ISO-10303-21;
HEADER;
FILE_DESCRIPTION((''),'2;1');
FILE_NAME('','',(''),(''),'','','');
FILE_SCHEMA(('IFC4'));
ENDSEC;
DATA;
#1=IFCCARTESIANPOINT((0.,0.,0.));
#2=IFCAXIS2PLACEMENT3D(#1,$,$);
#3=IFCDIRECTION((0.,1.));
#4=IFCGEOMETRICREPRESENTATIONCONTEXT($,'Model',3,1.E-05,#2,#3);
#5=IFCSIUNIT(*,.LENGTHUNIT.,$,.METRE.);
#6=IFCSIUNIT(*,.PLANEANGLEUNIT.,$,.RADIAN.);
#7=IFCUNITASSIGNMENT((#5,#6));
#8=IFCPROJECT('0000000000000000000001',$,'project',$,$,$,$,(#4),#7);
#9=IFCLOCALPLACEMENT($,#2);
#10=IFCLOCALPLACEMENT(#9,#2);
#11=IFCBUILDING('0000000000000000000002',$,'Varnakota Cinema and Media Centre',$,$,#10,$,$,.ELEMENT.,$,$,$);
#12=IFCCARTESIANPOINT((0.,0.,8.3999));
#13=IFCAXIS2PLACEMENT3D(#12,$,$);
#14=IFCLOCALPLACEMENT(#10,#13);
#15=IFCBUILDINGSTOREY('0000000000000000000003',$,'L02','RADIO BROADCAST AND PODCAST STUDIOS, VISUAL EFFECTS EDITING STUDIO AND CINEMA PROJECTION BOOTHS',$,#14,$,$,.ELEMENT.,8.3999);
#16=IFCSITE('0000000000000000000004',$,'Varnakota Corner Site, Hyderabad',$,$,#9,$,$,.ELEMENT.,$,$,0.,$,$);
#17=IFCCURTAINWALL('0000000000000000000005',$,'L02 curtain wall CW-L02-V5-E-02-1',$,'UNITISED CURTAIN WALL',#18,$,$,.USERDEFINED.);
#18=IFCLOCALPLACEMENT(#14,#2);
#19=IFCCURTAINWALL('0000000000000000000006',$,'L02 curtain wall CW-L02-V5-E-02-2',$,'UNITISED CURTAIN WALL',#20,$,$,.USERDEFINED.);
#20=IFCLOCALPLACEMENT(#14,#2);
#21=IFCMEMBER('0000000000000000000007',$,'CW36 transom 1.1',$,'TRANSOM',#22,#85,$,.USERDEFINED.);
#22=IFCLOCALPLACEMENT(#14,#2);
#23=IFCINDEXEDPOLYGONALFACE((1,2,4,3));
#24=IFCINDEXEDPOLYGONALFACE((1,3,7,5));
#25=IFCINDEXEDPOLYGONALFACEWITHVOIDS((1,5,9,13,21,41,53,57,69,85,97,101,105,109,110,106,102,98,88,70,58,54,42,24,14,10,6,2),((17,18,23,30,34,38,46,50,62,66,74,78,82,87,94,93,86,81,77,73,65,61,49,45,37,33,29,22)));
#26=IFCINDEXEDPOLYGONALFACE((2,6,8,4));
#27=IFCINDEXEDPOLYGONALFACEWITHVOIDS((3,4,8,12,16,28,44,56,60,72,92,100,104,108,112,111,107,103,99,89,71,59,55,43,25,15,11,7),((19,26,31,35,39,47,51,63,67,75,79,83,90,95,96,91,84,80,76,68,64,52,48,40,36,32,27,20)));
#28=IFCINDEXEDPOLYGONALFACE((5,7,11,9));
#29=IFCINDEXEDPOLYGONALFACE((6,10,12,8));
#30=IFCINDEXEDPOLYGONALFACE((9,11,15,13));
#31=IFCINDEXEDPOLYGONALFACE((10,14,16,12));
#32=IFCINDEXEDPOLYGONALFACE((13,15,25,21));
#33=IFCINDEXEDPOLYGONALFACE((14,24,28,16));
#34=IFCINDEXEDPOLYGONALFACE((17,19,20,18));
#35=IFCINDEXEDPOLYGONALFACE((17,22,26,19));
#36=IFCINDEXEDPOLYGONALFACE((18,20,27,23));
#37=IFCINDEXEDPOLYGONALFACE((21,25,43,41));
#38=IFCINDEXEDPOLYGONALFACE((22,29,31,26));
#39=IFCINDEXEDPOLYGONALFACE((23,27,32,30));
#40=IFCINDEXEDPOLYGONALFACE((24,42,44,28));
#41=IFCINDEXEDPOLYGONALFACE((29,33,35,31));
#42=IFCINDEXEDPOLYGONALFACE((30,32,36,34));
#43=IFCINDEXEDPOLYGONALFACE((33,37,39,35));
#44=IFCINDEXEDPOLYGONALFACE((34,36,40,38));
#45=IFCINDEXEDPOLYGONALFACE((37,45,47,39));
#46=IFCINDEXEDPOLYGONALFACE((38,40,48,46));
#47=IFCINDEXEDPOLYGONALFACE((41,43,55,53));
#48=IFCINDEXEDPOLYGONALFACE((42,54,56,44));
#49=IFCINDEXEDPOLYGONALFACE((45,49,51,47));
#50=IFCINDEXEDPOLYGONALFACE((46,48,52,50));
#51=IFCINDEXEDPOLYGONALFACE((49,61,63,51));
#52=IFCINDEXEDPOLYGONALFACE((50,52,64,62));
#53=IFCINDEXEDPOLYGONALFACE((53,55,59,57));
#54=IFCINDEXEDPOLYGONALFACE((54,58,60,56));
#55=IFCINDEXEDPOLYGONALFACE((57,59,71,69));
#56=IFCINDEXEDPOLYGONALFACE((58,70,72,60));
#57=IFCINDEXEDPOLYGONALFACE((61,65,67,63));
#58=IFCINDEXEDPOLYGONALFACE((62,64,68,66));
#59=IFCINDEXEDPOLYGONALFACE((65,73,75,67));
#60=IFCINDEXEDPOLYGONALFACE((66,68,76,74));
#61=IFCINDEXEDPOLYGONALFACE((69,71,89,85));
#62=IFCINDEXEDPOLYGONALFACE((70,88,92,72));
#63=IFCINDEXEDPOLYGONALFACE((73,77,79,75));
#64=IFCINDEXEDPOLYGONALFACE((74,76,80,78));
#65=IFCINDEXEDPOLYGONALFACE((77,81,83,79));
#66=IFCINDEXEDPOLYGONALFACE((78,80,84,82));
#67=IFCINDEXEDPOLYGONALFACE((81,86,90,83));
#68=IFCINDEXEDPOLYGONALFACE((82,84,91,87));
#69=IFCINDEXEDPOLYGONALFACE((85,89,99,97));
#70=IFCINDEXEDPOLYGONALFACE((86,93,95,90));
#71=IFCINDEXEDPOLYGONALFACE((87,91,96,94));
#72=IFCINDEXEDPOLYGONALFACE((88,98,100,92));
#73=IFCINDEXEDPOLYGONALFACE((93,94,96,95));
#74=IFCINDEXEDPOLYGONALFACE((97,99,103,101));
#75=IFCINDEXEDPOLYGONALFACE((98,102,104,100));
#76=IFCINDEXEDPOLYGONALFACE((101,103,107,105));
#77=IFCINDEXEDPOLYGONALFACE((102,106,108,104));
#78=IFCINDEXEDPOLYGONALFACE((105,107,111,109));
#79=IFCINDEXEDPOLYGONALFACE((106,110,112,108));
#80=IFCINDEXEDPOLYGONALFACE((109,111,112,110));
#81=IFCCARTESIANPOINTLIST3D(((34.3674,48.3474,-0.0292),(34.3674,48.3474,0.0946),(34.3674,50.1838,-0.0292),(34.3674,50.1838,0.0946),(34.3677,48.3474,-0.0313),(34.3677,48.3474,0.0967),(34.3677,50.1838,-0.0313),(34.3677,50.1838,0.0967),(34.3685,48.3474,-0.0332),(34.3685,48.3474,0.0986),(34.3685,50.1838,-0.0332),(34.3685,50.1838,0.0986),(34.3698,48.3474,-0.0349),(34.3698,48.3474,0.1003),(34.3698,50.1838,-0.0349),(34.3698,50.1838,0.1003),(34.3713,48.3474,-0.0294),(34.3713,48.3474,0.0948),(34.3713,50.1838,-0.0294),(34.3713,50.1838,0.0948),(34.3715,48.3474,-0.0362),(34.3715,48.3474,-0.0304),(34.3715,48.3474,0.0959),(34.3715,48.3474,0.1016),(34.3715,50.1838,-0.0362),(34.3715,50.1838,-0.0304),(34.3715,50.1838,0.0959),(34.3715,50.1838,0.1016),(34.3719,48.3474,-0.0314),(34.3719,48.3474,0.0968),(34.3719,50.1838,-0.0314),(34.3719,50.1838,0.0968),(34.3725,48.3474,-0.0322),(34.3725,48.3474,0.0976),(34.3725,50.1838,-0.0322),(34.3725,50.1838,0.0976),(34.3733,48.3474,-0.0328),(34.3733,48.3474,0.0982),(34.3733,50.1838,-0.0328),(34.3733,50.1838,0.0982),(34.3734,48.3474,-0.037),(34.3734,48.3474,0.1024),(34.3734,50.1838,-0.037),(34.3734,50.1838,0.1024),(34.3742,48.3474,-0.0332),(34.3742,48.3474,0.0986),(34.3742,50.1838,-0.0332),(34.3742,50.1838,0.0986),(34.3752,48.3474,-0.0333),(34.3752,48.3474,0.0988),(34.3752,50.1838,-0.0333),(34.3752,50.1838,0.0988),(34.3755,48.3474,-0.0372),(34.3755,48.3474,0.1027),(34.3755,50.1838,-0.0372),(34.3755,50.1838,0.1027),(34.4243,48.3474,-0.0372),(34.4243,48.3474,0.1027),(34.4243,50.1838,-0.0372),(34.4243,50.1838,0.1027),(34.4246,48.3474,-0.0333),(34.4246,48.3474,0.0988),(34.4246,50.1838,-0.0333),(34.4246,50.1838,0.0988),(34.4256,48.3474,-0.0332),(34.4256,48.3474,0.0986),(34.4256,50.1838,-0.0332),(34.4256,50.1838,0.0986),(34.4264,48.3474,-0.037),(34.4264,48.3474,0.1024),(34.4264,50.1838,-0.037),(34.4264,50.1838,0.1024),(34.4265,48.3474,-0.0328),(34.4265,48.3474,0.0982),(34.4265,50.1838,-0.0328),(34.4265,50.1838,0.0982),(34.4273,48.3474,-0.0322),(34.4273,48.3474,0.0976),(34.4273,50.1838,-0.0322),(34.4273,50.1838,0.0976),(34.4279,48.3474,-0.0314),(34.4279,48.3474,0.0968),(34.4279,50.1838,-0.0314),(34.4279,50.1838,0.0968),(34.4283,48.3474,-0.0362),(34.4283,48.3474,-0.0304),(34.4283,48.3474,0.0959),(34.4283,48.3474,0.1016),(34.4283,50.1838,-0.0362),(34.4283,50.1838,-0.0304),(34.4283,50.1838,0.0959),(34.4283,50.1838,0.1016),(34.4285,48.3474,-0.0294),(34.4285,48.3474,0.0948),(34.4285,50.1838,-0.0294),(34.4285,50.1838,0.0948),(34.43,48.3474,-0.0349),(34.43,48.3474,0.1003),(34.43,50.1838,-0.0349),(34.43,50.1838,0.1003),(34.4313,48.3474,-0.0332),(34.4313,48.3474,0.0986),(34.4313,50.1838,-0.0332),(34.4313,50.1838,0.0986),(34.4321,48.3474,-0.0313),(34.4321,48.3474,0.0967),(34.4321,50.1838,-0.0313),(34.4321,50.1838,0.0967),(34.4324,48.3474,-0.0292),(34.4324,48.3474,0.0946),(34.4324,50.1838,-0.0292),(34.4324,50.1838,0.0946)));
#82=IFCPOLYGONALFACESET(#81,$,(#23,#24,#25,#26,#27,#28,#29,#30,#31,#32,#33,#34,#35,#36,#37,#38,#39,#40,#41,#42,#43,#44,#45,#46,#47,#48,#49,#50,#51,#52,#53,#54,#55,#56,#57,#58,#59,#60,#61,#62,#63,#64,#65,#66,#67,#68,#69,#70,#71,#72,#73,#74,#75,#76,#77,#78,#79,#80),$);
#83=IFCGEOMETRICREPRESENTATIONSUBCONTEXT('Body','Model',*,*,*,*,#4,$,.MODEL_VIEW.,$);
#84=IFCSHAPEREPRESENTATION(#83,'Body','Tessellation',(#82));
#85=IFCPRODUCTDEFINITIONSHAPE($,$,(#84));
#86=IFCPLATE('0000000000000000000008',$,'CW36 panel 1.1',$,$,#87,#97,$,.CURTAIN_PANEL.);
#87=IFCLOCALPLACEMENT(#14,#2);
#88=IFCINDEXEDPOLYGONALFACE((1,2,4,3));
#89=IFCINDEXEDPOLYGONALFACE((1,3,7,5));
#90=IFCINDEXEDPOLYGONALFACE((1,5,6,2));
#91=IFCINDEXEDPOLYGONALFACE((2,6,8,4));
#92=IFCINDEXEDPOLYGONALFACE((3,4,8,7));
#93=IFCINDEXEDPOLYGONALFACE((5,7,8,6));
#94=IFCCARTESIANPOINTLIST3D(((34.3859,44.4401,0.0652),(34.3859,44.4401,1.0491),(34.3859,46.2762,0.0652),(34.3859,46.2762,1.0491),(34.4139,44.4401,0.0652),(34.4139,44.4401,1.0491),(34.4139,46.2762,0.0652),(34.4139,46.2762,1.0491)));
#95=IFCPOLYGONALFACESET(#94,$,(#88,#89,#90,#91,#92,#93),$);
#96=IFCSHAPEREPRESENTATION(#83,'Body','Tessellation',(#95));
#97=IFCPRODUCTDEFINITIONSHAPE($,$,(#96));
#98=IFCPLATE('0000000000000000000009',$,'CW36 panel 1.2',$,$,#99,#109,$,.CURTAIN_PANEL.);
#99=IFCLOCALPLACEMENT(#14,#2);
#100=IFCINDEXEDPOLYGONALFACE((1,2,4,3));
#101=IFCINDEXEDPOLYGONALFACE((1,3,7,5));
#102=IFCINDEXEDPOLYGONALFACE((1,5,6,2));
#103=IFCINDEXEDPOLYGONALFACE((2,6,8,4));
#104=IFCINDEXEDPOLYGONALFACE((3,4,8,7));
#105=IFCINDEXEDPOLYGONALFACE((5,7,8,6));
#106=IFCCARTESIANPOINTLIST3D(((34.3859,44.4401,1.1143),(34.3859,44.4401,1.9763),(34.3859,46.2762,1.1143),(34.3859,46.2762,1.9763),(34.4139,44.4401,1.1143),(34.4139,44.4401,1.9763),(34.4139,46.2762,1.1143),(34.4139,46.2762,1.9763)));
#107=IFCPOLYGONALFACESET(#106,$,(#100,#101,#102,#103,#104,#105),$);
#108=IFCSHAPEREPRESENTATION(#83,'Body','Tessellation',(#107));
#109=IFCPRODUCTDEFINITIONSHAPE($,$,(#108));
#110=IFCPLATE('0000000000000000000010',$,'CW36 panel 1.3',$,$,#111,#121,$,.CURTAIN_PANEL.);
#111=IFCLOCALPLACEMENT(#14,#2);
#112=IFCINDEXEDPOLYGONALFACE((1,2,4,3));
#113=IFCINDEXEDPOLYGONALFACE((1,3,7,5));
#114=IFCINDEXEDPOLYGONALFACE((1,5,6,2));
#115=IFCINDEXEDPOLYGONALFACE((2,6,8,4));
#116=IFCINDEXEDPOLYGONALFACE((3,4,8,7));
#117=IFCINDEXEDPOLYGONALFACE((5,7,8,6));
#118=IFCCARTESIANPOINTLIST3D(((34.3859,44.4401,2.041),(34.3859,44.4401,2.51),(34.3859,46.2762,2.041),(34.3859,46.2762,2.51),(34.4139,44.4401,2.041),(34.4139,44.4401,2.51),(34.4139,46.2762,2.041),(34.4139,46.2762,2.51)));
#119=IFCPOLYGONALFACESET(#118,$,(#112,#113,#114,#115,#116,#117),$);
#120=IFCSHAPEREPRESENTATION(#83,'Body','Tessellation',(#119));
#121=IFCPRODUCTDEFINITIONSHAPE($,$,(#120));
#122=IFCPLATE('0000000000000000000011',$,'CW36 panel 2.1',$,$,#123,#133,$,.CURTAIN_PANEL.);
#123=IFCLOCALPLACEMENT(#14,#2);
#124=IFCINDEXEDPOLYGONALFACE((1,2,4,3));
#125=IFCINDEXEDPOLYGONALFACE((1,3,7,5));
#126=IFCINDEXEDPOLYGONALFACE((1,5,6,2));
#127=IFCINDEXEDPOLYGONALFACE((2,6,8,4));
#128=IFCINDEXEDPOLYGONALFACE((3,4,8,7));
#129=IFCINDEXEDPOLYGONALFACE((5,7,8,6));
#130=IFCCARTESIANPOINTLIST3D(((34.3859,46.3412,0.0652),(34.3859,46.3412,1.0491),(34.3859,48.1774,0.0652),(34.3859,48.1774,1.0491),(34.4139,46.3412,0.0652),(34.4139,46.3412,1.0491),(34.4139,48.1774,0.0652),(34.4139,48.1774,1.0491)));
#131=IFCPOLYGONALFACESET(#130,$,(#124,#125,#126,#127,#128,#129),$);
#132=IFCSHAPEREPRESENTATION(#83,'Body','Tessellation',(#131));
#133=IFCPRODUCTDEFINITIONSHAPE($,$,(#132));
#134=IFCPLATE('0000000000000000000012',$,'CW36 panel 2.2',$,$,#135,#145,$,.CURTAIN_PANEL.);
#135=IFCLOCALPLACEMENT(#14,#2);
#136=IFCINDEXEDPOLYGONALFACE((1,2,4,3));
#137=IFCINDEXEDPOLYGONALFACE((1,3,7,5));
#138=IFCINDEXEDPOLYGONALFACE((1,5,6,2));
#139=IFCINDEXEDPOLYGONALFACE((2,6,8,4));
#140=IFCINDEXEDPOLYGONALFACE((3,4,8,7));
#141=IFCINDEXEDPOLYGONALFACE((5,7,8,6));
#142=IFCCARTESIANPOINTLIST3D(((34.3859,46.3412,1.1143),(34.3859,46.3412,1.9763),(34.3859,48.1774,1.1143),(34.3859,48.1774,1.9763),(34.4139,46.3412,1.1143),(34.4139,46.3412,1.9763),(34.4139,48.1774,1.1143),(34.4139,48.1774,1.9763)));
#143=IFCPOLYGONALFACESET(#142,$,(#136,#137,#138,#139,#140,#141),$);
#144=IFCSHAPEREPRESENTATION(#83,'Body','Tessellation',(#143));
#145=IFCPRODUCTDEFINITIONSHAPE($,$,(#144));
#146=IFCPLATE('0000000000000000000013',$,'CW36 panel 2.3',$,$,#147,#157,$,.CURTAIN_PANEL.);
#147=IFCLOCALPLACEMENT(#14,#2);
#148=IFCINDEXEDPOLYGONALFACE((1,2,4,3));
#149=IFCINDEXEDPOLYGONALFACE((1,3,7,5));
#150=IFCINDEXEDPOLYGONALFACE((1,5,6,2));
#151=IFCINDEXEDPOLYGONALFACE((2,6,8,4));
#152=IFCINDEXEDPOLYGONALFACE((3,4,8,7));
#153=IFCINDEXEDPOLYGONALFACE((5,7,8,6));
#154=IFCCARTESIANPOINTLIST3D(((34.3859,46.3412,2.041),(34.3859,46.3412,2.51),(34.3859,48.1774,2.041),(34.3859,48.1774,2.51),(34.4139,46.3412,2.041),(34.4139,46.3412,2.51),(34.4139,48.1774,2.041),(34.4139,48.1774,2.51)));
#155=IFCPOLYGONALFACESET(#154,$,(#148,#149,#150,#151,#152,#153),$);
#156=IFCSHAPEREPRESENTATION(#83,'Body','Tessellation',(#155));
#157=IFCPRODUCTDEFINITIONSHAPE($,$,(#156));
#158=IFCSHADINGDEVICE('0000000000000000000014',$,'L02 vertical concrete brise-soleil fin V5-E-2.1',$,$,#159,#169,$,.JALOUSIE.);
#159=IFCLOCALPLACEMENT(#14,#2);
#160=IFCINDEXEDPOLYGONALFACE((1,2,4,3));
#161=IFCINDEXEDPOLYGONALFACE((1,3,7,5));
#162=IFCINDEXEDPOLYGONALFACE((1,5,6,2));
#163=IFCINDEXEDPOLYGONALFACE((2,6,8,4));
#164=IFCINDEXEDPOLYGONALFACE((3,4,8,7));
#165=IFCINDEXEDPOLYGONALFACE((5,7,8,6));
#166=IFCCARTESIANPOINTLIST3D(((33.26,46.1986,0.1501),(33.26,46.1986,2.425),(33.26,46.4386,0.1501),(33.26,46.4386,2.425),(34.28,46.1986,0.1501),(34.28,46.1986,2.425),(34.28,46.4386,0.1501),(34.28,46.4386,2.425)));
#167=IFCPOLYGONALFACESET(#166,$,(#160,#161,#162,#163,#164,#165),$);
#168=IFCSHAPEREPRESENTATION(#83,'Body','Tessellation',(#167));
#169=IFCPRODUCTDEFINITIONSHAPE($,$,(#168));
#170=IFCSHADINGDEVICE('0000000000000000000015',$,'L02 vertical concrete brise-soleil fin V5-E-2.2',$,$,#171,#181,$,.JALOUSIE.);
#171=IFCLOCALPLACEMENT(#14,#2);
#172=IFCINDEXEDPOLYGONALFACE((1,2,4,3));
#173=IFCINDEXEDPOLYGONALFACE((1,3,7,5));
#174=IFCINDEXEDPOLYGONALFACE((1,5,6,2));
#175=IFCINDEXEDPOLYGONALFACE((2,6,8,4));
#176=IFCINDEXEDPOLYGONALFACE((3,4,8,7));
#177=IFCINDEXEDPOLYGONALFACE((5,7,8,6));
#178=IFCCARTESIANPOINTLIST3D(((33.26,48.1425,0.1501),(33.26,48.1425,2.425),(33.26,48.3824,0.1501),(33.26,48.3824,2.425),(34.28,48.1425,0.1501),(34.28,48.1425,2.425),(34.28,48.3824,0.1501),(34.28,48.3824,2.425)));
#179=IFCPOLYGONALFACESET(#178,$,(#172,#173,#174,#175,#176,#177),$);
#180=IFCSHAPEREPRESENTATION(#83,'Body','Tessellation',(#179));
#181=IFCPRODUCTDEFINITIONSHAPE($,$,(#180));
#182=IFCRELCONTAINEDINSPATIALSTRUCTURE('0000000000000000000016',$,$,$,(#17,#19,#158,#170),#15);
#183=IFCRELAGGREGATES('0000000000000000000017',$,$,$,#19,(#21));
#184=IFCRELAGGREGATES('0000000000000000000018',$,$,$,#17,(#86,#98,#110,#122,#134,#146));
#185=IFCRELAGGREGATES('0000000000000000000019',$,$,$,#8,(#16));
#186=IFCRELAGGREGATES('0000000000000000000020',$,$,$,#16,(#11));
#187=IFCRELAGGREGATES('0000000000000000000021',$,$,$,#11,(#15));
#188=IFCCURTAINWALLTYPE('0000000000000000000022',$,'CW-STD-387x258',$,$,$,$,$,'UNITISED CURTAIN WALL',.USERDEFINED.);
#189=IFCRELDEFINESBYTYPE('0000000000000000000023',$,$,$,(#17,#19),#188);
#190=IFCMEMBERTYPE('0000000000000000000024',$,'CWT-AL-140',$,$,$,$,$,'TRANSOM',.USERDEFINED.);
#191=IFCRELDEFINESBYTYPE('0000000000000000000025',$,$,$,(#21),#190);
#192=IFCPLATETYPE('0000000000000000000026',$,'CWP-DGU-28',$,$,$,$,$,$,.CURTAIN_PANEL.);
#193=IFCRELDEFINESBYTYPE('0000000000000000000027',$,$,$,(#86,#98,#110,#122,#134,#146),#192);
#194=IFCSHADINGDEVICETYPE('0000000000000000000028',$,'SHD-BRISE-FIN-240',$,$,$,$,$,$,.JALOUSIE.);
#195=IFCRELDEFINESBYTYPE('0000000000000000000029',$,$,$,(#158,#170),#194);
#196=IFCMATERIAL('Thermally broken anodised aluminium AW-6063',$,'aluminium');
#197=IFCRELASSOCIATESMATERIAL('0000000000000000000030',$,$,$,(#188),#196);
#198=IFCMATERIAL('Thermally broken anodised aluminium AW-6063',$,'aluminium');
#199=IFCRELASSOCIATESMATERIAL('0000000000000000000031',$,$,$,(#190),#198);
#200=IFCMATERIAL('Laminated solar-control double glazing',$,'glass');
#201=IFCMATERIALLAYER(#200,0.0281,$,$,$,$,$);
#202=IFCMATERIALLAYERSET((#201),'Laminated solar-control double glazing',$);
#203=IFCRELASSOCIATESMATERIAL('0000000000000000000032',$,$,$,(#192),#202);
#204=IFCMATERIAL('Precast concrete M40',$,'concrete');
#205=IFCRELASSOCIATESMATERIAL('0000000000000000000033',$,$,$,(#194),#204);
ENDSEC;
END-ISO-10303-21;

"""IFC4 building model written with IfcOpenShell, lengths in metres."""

from ifc_helpers import new_model, si_unit, direction, frame, origin, origin_2d, place, context, subcontext, project, spatial, rectangle, hollow_rectangle, extrude, material, layer, layer_set, material_profile, profile_set, type_object, element, aggregate, save


model = new_model("IFC4")

# Units and contexts
model_context = context("Model", 3, precision=1e-05, world=origin(), true_north=direction((0.0, 1.0)))
body_context = subcontext(model_context, "Body", "Model", "MODEL_VIEW")
ifc_project = project(units=[si_unit("LENGTHUNIT", "METRE"), si_unit("PLANEANGLEUNIT", "RADIAN")], contexts=[model_context])

# Site, building, storey
site_placement = place(None, origin())
site = spatial("IfcSite", under=ifc_project, at=site_placement, Name="Varnakota Corner Site, Hyderabad", CompositionType="ELEMENT", RefElevation=0.0)
building_placement = place(site_placement, origin())
building = spatial("IfcBuilding", under=site, at=building_placement, Name="Varnakota Cinema and Media Centre", CompositionType="ELEMENT")
storey_placement = place(building_placement, frame((0.0, 0.0, 8.3999)))
storey = spatial("IfcBuildingStorey", under=building, at=storey_placement, Name="L02", Description="RADIO BROADCAST AND PODCAST STUDIOS, VISUAL EFFECTS EDITING STUDIO AND CINEMA PROJECTION BOOTHS", CompositionType="ELEMENT", Elevation=8.3999)

# Curtain wall
ifc_material_1 = material(Name="Thermally broken anodised aluminium AW-6063", Category="aluminium")
curtain_wall_type = type_object("IfcCurtainWallType", Name="CW-STD-387x258", ElementType="UNITISED CURTAIN WALL", PredefinedType="USERDEFINED", material=ifc_material_1)
curtain_wall_1_placement = place(storey_placement, origin())
curtain_wall_1 = element("IfcCurtainWall", 1, at=curtain_wall_1_placement, inside=storey, type_object=curtain_wall_type, Name="L02 curtain wall CW-L02-V5-E-02-1", ObjectType="UNITISED CURTAIN WALL", PredefinedType="USERDEFINED")

# Curtain wall
curtain_wall_2_placement = place(storey_placement, origin())
curtain_wall_2 = element("IfcCurtainWall", 2, at=curtain_wall_2_placement, inside=storey, type_object=curtain_wall_type, Name="L02 curtain wall CW-L02-V5-E-02-2", ObjectType="UNITISED CURTAIN WALL", PredefinedType="USERDEFINED")

# Member
ifc_material_2 = material(Name="Thermally broken anodised aluminium AW-6063", Category="aluminium")
ifc_material_profile_1 = material_profile(ifc_material_2, hollow_rectangle(XDim=0.0649, YDim=0.1399, WallThickness=0.0039, InnerFilletRadius=0.0039, OuterFilletRadius=0.0081, at=origin_2d()), Name="AL-TRANSOM 140x65x4")
ifc_profile_set_1 = profile_set([ifc_material_profile_1], Name="Thermally broken anodised aluminium AW-6063")
member_type_1 = type_object("IfcMemberType", Name="CWT-AL-140", ElementType="TRANSOM", PredefinedType="USERDEFINED", material=ifc_profile_set_1)
member_1_placement = place(storey_placement, frame((34.3999, 48.3474, 0.0327), z_axis=(0.0, 1.0, 0.0), x_axis=(-1.0, 0.0, 0.0)))
member_1 = element("IfcMember", 3, at=member_1_placement, type_object=member_type_1, Name="CW36 transom 1.1", ObjectType="TRANSOM", PredefinedType="USERDEFINED", context=body_context, shape_type="SweptSolid", body=[
    extrude(hollow_rectangle(XDim=0.0649, YDim=0.1399, WallThickness=0.0039, InnerFilletRadius=0.0039, OuterFilletRadius=0.0081, at=origin_2d()), origin(), (0.0, 0.0, 1.0), 1.8364),
])
aggregate(curtain_wall_2, [member_1])

# Plates
ifc_material_3 = material(Name="Laminated solar-control double glazing", Category="glass")
ifc_layer = layer(ifc_material_3, 0.0281)
ifc_layer_set = layer_set([ifc_layer], Name="Laminated solar-control double glazing")
plate_type = type_object("IfcPlateType", Name="CWP-DGU-28", PredefinedType="CURTAIN_PANEL", material=ifc_layer_set)
plate_1_placement = place(storey_placement, frame((34.3999, 45.3582, 0.0652), z_axis=(0.0, 0.0, 1.0), x_axis=(0.0, 1.0, 0.0)))
plate_1 = element("IfcPlate", 4, at=plate_1_placement, type_object=plate_type, Name="CW36 panel 1.1", PredefinedType="CURTAIN_PANEL", context=body_context, shape_type="SweptSolid", body=[
    extrude(rectangle(XDim=1.8362, YDim=0.0281, at=origin_2d()), origin(), (0.0, 0.0, 1.0), 0.9839),
])
plate_2_placement = place(storey_placement, frame((34.3999, 45.3582, 1.1143), z_axis=(0.0, 0.0, 1.0), x_axis=(0.0, 1.0, 0.0)))
plate_2 = element("IfcPlate", 5, at=plate_2_placement, type_object=plate_type, Name="CW36 panel 1.2", PredefinedType="CURTAIN_PANEL", context=body_context, shape_type="SweptSolid", body=[
    extrude(rectangle(XDim=1.8362, YDim=0.0281, at=origin_2d()), origin(), (0.0, 0.0, 1.0), 0.8621),
])
plate_3_placement = place(storey_placement, frame((34.3999, 45.3582, 2.041), z_axis=(0.0, 0.0, 1.0), x_axis=(0.0, 1.0, 0.0)))
plate_3 = element("IfcPlate", 6, at=plate_3_placement, type_object=plate_type, Name="CW36 panel 1.3", PredefinedType="CURTAIN_PANEL", context=body_context, shape_type="SweptSolid", body=[
    extrude(rectangle(XDim=1.8362, YDim=0.0281, at=origin_2d()), origin(), (0.0, 0.0, 1.0), 0.469),
])
plate_4_placement = place(storey_placement, frame((34.3999, 47.2593, 0.0652), z_axis=(0.0, 0.0, 1.0), x_axis=(0.0, 1.0, 0.0)))
plate_4 = element("IfcPlate", 7, at=plate_4_placement, type_object=plate_type, Name="CW36 panel 2.1", PredefinedType="CURTAIN_PANEL", context=body_context, shape_type="SweptSolid", body=[
    extrude(rectangle(XDim=1.8362, YDim=0.0281, at=origin_2d()), origin(), (0.0, 0.0, 1.0), 0.9839),
])
plate_5_placement = place(storey_placement, frame((34.3999, 47.2593, 1.1143), z_axis=(0.0, 0.0, 1.0), x_axis=(0.0, 1.0, 0.0)))
plate_5 = element("IfcPlate", 8, at=plate_5_placement, type_object=plate_type, Name="CW36 panel 2.2", PredefinedType="CURTAIN_PANEL", context=body_context, shape_type="SweptSolid", body=[
    extrude(rectangle(XDim=1.8362, YDim=0.0281, at=origin_2d()), origin(), (0.0, 0.0, 1.0), 0.8621),
])
plate_6_placement = place(storey_placement, frame((34.3999, 47.2593, 2.041), z_axis=(0.0, 0.0, 1.0), x_axis=(0.0, 1.0, 0.0)))
plate_6 = element("IfcPlate", 9, at=plate_6_placement, type_object=plate_type, Name="CW36 panel 2.3", PredefinedType="CURTAIN_PANEL", context=body_context, shape_type="SweptSolid", body=[
    extrude(rectangle(XDim=1.8362, YDim=0.0281, at=origin_2d()), origin(), (0.0, 0.0, 1.0), 0.469),
])
aggregate(curtain_wall_1, [plate_1, plate_2, plate_3, plate_4, plate_5, plate_6])

# Shading devices
ifc_material_4 = material(Name="Precast concrete M40", Category="concrete")
shading_device_type = type_object("IfcShadingDeviceType", Name="SHD-BRISE-FIN-240", PredefinedType="JALOUSIE", material=ifc_material_4)
for number, where, z_axis, x_axis, name in (
    (10, (33.77, 46.3186, 0.1501), (0.0, 0.0, 1.0), (0.0, 1.0, 0.0), "L02 vertical concrete brise-soleil fin V5-E-2.1"),
    (11, (33.77, 48.2625, 0.1501), (0.0, 0.0, 1.0), (0.0, 1.0, 0.0), "L02 vertical concrete brise-soleil fin V5-E-2.2"),
):
    element("IfcShadingDevice", number, at=place(storey_placement, frame(where, z_axis=z_axis, x_axis=x_axis)), inside=storey, type_object=shading_device_type, Name=name, PredefinedType="JALOUSIE", context=body_context, shape_type="SweptSolid", body=[
        extrude(rectangle(XDim=0.24, YDim=1.02, at=origin_2d()), origin(), (0.0, 0.0, 1.0), 2.2749),
    ])

save(model, "model.ifc")
